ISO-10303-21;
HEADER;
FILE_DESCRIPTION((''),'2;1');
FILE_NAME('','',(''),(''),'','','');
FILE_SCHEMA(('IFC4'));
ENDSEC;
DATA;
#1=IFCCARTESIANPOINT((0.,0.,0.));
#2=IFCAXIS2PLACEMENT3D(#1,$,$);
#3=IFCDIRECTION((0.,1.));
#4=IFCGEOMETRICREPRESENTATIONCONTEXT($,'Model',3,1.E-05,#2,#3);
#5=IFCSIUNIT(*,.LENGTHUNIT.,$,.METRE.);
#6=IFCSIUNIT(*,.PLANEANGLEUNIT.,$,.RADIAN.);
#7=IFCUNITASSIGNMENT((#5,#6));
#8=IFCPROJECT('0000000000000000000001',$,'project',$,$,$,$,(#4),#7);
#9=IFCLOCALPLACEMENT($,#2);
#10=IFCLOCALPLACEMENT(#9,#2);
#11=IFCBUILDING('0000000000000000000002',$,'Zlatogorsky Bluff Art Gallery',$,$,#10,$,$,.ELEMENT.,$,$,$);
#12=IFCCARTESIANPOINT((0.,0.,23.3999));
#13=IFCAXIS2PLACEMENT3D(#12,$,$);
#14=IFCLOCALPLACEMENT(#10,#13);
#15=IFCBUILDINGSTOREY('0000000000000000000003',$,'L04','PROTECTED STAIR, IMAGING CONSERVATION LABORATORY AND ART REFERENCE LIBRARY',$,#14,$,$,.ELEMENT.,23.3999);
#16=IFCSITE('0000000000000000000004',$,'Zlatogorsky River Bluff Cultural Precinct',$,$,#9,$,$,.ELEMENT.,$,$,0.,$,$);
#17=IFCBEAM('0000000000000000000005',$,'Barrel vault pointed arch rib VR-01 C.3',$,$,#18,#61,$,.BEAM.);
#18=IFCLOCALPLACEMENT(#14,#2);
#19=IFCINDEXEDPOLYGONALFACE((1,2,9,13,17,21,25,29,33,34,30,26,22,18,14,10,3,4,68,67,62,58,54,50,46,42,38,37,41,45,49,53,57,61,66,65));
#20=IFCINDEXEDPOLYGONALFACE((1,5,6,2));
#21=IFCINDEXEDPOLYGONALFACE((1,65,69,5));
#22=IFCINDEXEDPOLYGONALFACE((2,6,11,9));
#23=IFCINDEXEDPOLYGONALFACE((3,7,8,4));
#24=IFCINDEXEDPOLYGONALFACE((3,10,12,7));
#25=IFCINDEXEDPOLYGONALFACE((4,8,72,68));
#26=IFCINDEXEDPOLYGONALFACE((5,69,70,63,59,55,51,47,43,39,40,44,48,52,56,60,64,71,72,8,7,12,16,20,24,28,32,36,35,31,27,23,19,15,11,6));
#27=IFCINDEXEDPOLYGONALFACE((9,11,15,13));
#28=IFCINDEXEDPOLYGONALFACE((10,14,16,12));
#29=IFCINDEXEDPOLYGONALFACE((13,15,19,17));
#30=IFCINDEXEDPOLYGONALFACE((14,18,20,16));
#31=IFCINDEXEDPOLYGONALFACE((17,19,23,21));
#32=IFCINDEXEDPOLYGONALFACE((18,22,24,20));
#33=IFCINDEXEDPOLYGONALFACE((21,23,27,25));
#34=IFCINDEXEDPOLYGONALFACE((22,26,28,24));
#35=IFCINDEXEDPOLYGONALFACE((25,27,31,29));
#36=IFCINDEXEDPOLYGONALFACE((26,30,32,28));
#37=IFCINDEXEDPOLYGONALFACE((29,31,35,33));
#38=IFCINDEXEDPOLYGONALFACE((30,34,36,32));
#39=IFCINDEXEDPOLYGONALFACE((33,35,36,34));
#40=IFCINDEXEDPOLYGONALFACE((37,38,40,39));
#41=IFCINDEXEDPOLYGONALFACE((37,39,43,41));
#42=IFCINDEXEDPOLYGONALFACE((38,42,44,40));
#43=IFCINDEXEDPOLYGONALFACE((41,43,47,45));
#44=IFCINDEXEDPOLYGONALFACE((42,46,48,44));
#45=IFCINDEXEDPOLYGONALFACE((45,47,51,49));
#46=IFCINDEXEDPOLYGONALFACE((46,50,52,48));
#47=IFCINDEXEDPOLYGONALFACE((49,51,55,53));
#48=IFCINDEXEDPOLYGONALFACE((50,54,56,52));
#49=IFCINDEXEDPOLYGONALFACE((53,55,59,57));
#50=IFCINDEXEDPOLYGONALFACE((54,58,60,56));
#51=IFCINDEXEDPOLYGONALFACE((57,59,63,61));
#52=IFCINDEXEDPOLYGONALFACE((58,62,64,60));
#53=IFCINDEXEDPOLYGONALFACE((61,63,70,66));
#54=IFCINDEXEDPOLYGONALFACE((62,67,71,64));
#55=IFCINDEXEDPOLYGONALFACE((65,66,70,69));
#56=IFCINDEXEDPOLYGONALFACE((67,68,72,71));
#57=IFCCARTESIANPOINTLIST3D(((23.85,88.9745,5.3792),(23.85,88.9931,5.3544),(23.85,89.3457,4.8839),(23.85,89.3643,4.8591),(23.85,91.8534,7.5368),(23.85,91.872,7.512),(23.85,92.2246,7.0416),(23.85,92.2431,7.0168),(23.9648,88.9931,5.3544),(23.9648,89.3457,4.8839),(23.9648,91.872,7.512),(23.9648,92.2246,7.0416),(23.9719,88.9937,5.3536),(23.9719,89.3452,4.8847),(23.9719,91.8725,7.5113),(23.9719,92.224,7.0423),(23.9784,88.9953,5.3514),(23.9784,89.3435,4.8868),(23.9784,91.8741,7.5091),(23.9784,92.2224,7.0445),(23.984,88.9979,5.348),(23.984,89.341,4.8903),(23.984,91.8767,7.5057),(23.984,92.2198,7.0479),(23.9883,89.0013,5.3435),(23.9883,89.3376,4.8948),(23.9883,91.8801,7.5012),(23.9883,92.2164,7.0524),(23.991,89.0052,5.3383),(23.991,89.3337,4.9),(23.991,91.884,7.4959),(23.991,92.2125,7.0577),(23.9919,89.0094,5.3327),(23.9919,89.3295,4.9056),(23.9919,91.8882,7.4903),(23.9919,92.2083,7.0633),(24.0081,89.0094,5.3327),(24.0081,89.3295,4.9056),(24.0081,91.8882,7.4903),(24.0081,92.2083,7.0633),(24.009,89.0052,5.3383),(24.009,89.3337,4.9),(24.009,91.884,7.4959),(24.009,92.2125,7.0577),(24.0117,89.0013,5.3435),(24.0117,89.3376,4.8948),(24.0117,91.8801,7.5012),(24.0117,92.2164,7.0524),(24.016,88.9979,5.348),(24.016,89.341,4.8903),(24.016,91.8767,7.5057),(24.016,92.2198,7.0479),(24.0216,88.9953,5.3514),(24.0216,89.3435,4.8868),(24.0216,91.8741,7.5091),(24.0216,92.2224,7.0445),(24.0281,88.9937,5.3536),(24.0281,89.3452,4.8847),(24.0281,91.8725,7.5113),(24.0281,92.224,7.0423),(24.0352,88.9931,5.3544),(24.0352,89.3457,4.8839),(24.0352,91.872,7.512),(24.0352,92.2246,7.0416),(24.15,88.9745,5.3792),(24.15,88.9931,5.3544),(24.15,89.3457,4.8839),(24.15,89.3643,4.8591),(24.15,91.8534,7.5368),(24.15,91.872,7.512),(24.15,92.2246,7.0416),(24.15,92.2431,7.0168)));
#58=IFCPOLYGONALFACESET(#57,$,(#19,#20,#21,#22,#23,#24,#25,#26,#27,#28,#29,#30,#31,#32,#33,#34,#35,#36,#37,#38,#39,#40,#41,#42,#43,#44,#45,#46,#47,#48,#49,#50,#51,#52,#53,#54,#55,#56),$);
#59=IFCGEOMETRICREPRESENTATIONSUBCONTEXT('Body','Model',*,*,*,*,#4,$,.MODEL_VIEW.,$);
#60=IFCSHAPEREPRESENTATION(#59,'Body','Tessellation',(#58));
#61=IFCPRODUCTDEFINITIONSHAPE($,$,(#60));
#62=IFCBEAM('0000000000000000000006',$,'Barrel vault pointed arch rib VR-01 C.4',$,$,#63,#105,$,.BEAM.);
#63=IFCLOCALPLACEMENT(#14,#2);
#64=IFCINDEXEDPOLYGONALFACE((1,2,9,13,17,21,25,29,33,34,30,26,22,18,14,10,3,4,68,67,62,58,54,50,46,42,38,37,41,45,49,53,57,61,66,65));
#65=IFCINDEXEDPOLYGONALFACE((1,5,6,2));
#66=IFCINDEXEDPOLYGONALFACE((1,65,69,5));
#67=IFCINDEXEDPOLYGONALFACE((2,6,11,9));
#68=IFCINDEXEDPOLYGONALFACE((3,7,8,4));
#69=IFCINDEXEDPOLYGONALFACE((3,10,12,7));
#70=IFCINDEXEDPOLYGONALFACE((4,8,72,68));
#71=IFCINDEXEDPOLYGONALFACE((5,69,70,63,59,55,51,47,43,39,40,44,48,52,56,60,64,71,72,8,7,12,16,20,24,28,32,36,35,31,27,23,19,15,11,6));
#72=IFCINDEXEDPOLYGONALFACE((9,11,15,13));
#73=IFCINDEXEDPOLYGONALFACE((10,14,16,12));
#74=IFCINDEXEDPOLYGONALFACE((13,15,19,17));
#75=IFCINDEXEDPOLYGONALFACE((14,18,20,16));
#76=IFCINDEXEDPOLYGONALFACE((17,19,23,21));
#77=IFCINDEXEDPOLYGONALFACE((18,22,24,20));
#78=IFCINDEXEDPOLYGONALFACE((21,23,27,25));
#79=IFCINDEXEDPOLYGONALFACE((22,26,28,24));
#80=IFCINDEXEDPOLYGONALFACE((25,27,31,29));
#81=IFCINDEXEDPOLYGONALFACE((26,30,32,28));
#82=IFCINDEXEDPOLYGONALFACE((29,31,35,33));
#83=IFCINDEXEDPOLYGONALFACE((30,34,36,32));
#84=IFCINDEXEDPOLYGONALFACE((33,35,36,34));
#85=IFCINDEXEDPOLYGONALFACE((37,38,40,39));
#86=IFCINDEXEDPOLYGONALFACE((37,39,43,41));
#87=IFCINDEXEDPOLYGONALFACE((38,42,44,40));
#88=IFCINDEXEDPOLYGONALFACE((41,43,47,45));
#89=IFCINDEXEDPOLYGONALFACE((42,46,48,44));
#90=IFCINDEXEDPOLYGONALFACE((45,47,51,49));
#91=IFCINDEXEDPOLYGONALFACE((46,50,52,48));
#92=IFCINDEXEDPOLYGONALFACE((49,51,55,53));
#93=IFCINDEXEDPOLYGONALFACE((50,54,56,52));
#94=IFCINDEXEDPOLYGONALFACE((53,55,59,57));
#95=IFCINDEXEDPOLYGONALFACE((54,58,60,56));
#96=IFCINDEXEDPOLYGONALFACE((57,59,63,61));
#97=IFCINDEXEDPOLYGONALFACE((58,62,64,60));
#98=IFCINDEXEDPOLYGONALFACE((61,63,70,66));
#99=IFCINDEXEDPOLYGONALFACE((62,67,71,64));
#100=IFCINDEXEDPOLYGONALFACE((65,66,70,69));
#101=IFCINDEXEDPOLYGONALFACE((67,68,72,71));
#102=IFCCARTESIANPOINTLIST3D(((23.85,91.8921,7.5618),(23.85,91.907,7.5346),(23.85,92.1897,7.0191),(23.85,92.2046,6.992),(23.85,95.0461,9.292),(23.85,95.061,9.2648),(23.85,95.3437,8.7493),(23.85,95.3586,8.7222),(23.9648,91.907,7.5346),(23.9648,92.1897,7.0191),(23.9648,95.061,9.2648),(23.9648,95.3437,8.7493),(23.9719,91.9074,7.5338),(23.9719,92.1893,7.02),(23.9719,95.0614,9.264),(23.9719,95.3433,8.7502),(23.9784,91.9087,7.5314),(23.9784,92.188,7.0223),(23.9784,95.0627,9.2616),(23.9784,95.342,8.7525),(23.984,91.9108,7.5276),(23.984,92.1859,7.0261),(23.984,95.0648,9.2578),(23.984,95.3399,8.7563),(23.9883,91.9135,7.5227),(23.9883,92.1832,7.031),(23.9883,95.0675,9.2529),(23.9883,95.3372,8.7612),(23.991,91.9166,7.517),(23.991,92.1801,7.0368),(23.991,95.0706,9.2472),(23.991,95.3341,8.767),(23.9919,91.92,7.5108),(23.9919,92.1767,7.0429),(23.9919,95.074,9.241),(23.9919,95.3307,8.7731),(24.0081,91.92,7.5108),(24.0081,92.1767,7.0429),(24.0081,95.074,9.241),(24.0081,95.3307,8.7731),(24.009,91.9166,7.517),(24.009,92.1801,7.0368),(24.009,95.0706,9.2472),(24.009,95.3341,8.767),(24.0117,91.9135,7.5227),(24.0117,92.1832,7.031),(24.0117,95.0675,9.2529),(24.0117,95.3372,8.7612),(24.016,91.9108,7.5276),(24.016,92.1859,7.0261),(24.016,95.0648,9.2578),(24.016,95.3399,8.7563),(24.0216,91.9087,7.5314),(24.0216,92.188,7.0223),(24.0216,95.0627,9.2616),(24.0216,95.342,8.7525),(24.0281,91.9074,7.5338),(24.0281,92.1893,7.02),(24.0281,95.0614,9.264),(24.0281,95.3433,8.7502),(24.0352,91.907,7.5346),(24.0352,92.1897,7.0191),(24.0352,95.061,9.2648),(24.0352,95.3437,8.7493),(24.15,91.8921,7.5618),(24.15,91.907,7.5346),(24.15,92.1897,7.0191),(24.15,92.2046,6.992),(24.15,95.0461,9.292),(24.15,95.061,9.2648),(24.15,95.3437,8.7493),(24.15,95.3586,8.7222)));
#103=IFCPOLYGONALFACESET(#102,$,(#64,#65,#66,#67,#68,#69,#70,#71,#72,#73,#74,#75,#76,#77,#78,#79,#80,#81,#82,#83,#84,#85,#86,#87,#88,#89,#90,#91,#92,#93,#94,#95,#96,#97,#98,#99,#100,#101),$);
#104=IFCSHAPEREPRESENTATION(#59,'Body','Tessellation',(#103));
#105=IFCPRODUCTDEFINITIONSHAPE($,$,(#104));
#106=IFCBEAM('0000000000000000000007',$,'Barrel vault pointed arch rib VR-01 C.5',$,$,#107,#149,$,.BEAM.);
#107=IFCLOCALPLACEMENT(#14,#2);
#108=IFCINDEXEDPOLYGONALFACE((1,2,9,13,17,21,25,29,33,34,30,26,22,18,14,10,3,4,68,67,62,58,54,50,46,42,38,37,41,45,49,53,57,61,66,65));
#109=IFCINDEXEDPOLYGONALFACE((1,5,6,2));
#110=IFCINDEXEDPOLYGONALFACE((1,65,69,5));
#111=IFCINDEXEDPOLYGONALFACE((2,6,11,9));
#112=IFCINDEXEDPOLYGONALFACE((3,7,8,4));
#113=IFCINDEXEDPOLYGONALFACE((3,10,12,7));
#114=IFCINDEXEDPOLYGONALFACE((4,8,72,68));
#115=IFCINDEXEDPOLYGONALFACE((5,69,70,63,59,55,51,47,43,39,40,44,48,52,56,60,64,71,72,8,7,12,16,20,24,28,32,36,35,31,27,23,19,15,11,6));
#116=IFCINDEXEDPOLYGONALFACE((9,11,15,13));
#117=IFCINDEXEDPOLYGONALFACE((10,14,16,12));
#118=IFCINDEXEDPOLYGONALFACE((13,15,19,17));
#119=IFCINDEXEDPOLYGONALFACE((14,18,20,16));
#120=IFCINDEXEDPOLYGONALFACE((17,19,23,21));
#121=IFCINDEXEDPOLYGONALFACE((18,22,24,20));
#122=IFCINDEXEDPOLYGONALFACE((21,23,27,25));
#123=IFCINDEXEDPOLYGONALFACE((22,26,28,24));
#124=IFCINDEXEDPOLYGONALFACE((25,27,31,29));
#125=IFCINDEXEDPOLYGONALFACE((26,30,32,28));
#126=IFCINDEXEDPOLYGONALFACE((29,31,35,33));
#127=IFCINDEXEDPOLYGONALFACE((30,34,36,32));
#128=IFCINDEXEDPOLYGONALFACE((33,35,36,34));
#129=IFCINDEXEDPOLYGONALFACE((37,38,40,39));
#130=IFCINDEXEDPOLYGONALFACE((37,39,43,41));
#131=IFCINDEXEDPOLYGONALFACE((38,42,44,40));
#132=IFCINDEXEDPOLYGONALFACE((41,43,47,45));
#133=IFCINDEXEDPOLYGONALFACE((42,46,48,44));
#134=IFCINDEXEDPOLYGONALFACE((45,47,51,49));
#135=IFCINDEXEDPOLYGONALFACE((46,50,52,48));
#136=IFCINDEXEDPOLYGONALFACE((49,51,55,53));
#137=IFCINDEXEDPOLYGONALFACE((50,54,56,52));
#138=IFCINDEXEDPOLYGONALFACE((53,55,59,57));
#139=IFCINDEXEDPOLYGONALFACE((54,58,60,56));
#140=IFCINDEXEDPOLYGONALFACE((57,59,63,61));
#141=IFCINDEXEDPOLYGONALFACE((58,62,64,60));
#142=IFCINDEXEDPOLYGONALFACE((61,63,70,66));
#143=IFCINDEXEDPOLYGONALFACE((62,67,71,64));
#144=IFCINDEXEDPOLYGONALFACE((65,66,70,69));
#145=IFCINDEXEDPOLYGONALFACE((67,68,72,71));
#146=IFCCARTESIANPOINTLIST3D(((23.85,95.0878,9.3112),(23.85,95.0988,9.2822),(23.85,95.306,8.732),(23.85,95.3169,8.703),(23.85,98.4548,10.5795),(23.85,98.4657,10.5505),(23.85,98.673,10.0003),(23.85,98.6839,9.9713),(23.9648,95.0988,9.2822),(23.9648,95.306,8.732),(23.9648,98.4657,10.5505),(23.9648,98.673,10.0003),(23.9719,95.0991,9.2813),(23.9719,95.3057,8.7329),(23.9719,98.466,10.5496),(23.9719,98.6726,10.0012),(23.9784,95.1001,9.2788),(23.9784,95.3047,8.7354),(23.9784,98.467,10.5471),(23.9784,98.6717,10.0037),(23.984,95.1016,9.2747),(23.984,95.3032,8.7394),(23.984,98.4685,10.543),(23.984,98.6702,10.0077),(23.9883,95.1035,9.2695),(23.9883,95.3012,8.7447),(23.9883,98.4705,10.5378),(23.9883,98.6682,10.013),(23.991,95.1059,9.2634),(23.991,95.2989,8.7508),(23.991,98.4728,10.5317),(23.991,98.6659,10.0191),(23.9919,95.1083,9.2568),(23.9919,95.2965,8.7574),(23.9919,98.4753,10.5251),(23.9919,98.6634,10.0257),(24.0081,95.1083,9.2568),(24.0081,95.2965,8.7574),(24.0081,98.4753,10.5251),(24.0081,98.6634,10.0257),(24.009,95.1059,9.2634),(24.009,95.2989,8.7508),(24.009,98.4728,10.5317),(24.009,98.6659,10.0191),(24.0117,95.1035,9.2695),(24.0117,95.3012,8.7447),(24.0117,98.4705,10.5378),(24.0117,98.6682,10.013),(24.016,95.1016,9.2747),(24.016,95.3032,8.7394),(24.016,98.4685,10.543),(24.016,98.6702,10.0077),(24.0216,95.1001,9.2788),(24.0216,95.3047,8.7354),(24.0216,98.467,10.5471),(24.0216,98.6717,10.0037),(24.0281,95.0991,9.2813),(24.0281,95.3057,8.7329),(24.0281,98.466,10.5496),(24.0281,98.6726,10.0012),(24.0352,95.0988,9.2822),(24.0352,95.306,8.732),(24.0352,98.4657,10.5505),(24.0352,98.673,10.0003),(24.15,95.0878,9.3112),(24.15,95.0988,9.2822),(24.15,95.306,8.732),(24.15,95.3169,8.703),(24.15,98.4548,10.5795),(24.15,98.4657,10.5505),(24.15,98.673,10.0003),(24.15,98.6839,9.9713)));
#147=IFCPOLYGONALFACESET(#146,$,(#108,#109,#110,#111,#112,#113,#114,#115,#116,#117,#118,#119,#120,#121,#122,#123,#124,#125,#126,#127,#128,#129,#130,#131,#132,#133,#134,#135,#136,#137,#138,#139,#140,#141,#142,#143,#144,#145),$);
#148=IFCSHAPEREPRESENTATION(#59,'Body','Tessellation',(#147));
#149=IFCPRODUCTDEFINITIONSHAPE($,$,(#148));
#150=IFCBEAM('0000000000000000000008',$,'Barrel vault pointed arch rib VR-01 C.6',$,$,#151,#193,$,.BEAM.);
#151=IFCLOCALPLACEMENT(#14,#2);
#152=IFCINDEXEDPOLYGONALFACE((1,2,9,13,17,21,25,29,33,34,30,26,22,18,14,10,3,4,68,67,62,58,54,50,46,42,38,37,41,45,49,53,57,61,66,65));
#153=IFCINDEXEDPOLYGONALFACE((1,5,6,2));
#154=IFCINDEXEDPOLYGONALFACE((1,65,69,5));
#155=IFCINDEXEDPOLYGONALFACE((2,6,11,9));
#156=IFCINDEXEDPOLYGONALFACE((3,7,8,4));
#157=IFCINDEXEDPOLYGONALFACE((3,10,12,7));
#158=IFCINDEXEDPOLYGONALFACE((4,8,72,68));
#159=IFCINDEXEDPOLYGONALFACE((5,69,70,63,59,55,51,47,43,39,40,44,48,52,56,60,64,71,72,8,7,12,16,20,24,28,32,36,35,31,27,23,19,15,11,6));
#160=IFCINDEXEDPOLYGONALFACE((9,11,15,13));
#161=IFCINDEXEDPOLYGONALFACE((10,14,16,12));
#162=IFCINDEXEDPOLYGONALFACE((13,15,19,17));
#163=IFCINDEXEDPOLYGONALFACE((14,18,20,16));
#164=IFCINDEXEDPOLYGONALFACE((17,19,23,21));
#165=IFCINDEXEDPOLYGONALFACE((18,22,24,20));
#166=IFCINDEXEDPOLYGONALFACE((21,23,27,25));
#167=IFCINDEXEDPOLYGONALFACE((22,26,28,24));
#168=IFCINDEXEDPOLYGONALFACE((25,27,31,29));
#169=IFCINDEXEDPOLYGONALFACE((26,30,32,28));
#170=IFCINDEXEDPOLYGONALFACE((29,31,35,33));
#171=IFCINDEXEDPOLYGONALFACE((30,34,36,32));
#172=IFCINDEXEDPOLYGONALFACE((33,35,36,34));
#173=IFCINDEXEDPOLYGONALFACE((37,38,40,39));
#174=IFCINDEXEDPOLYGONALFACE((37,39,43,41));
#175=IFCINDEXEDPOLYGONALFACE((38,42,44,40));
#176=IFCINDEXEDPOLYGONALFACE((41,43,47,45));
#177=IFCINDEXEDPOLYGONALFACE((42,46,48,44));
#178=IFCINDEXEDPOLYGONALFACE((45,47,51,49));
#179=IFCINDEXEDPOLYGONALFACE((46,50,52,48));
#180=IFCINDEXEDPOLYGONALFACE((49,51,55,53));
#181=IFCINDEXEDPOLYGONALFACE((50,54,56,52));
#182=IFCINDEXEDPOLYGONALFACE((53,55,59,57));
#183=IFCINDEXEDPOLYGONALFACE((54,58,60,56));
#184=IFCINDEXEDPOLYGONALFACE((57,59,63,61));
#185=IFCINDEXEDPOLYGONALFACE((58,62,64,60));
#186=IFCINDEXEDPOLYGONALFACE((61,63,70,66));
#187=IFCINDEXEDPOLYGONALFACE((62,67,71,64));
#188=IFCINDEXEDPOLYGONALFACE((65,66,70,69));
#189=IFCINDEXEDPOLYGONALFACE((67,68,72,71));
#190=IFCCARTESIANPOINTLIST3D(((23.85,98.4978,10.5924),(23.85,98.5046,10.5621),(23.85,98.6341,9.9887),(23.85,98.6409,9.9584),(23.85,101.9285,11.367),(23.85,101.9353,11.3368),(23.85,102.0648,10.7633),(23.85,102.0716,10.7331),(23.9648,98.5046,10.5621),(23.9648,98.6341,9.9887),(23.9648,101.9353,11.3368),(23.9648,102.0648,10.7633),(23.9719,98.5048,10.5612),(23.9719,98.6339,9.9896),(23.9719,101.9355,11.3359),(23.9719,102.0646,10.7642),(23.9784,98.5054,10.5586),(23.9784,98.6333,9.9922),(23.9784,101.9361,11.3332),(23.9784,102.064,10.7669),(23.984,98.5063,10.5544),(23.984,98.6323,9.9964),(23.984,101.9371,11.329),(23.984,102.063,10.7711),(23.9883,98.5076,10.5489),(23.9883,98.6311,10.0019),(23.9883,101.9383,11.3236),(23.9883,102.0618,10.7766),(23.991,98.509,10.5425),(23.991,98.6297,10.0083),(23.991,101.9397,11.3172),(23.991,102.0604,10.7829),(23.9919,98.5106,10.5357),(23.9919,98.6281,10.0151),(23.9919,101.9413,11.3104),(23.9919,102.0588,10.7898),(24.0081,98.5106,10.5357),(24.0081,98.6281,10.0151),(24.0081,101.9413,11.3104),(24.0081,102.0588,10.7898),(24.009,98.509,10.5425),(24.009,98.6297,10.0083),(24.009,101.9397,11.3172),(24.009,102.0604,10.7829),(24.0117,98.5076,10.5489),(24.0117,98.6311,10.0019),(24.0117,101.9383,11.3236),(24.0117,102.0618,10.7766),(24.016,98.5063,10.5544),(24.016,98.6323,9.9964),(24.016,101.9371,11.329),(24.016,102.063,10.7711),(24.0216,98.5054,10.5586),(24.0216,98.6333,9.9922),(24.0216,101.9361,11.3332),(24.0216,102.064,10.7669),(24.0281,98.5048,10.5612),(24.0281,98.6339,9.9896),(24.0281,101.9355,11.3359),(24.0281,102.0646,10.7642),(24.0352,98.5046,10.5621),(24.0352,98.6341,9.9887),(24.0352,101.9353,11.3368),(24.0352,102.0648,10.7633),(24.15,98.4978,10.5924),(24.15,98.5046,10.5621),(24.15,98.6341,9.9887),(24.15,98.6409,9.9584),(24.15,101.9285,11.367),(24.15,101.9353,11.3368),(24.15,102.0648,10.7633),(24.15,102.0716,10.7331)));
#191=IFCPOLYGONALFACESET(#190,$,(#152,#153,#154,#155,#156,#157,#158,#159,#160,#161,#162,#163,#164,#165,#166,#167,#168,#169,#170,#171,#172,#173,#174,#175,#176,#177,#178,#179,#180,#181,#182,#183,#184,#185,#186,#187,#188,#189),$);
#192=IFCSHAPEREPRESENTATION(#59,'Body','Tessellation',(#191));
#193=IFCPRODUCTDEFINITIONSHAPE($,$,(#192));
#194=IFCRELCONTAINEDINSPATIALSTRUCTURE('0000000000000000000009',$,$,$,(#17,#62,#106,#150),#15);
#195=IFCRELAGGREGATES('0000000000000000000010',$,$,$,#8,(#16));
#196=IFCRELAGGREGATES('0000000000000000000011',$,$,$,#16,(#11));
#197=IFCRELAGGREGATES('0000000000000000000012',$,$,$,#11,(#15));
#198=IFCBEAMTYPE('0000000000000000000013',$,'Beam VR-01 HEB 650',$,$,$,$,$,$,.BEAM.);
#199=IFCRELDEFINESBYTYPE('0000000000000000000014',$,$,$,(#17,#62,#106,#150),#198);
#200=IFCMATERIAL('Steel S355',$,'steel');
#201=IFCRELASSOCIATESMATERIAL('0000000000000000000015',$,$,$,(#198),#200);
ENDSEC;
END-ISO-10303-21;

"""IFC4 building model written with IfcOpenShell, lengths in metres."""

from ifc_helpers import new_model, si_unit, direction, frame, origin, origin_2d, place, context, subcontext, project, spatial, i_section, extrude, material, material_profile, profile_set, type_object, element, save


model = new_model("IFC4")

# Units and contexts
model_context = context("Model", 3, precision=1e-05, world=origin(), true_north=direction((0.0, 1.0)))
body_context = subcontext(model_context, "Body", "Model", "MODEL_VIEW")
ifc_project = project(units=[si_unit("LENGTHUNIT", "METRE"), si_unit("PLANEANGLEUNIT", "RADIAN")], contexts=[model_context])

# Site, building, storey
site_placement = place(None, origin())
site = spatial("IfcSite", under=ifc_project, at=site_placement, Name="Zlatogorsky River Bluff Cultural Precinct", CompositionType="ELEMENT", RefElevation=0.0)
building_placement = place(site_placement, origin())
building = spatial("IfcBuilding", under=site, at=building_placement, Name="Zlatogorsky Bluff Art Gallery", CompositionType="ELEMENT")
storey_placement = place(building_placement, frame((0.0, 0.0, 23.3999)))
storey = spatial("IfcBuildingStorey", under=building, at=storey_placement, Name="L04", Description="PROTECTED STAIR, IMAGING CONSERVATION LABORATORY AND ART REFERENCE LIBRARY", CompositionType="ELEMENT", Elevation=23.3999)

# Beams
ifc_material_1 = material(Name="Steel S355", Category="steel")
ifc_material_profile_1 = material_profile(ifc_material_1, i_section(OverallWidth=0.3, OverallDepth=0.6499, WebThickness=0.0161, FlangeThickness=0.031, FilletRadius=0.0271, at=origin_2d()), Name="HEB 650")
ifc_profile_set_1 = profile_set([ifc_material_profile_1], Name="Steel S355")
beam_type_1 = type_object("IfcBeamType", Name="Beam VR-01 HEB 650", PredefinedType="BEAM", material=ifc_profile_set_1)
beam_1_placement = place(storey_placement, frame((24.0, 89.1694, 5.1191), z_axis=(0.0, 0.800195, 0.599739), x_axis=(-1.0, 0.0, 0.0)))
element("IfcBeam", 1, at=beam_1_placement, inside=storey, type_object=beam_type_1, Name="Barrel vault pointed arch rib VR-01 C.3", PredefinedType="BEAM", context=body_context, shape_type="SweptSolid", body=[
    extrude(i_section(OverallWidth=0.3, OverallDepth=0.6499, WebThickness=0.0161, FlangeThickness=0.031, FilletRadius=0.0271, at=origin_2d()), origin(), (0.0, 0.0, 1.0), 3.5977),
])
beam_2_placement = place(storey_placement, frame((24.0, 92.0483, 7.2769), z_axis=(0.0, 0.876744, 0.480957), x_axis=(-1.0, 0.0, 0.0)))
element("IfcBeam", 2, at=beam_2_placement, inside=storey, type_object=beam_type_1, Name="Barrel vault pointed arch rib VR-01 C.4", PredefinedType="BEAM", context=body_context, shape_type="SweptSolid", body=[
    extrude(i_section(OverallWidth=0.3, OverallDepth=0.6499, WebThickness=0.0161, FlangeThickness=0.031, FilletRadius=0.0271, at=origin_2d()), origin(), (0.0, 0.0, 1.0), 3.5974),
])
beam_3_placement = place(storey_placement, frame((24.0, 95.2024, 9.0071), z_axis=(0.0, 0.935807, 0.352514), x_axis=(-1.0, 0.0, 0.0)))
element("IfcBeam", 3, at=beam_3_placement, inside=storey, type_object=beam_type_1, Name="Barrel vault pointed arch rib VR-01 C.5", PredefinedType="BEAM", context=body_context, shape_type="SweptSolid", body=[
    extrude(i_section(OverallWidth=0.3, OverallDepth=0.6499, WebThickness=0.0161, FlangeThickness=0.031, FilletRadius=0.0271, at=origin_2d()), origin(), (0.0, 0.0, 1.0), 3.5979),
])
for number, where, z_axis, x_axis, name in (
    (4, (24.0, 98.5693, 10.2754), (0.0, 0.975441, 0.220259), (-1.0, 0.0, 0.0), "Barrel vault pointed arch rib VR-01 C.6"),
):
    element("IfcBeam", number, at=place(storey_placement, frame(where, z_axis=z_axis, x_axis=x_axis)), inside=storey, type_object=beam_type_1, Name=name, PredefinedType="BEAM", context=body_context, shape_type="SweptSolid", body=[
        extrude(i_section(OverallWidth=0.3, OverallDepth=0.6499, WebThickness=0.0161, FlangeThickness=0.031, FilletRadius=0.0271, at=origin_2d()), origin(), (0.0, 0.0, 1.0), 3.5171),
    ])

save(model, "model.ifc")
